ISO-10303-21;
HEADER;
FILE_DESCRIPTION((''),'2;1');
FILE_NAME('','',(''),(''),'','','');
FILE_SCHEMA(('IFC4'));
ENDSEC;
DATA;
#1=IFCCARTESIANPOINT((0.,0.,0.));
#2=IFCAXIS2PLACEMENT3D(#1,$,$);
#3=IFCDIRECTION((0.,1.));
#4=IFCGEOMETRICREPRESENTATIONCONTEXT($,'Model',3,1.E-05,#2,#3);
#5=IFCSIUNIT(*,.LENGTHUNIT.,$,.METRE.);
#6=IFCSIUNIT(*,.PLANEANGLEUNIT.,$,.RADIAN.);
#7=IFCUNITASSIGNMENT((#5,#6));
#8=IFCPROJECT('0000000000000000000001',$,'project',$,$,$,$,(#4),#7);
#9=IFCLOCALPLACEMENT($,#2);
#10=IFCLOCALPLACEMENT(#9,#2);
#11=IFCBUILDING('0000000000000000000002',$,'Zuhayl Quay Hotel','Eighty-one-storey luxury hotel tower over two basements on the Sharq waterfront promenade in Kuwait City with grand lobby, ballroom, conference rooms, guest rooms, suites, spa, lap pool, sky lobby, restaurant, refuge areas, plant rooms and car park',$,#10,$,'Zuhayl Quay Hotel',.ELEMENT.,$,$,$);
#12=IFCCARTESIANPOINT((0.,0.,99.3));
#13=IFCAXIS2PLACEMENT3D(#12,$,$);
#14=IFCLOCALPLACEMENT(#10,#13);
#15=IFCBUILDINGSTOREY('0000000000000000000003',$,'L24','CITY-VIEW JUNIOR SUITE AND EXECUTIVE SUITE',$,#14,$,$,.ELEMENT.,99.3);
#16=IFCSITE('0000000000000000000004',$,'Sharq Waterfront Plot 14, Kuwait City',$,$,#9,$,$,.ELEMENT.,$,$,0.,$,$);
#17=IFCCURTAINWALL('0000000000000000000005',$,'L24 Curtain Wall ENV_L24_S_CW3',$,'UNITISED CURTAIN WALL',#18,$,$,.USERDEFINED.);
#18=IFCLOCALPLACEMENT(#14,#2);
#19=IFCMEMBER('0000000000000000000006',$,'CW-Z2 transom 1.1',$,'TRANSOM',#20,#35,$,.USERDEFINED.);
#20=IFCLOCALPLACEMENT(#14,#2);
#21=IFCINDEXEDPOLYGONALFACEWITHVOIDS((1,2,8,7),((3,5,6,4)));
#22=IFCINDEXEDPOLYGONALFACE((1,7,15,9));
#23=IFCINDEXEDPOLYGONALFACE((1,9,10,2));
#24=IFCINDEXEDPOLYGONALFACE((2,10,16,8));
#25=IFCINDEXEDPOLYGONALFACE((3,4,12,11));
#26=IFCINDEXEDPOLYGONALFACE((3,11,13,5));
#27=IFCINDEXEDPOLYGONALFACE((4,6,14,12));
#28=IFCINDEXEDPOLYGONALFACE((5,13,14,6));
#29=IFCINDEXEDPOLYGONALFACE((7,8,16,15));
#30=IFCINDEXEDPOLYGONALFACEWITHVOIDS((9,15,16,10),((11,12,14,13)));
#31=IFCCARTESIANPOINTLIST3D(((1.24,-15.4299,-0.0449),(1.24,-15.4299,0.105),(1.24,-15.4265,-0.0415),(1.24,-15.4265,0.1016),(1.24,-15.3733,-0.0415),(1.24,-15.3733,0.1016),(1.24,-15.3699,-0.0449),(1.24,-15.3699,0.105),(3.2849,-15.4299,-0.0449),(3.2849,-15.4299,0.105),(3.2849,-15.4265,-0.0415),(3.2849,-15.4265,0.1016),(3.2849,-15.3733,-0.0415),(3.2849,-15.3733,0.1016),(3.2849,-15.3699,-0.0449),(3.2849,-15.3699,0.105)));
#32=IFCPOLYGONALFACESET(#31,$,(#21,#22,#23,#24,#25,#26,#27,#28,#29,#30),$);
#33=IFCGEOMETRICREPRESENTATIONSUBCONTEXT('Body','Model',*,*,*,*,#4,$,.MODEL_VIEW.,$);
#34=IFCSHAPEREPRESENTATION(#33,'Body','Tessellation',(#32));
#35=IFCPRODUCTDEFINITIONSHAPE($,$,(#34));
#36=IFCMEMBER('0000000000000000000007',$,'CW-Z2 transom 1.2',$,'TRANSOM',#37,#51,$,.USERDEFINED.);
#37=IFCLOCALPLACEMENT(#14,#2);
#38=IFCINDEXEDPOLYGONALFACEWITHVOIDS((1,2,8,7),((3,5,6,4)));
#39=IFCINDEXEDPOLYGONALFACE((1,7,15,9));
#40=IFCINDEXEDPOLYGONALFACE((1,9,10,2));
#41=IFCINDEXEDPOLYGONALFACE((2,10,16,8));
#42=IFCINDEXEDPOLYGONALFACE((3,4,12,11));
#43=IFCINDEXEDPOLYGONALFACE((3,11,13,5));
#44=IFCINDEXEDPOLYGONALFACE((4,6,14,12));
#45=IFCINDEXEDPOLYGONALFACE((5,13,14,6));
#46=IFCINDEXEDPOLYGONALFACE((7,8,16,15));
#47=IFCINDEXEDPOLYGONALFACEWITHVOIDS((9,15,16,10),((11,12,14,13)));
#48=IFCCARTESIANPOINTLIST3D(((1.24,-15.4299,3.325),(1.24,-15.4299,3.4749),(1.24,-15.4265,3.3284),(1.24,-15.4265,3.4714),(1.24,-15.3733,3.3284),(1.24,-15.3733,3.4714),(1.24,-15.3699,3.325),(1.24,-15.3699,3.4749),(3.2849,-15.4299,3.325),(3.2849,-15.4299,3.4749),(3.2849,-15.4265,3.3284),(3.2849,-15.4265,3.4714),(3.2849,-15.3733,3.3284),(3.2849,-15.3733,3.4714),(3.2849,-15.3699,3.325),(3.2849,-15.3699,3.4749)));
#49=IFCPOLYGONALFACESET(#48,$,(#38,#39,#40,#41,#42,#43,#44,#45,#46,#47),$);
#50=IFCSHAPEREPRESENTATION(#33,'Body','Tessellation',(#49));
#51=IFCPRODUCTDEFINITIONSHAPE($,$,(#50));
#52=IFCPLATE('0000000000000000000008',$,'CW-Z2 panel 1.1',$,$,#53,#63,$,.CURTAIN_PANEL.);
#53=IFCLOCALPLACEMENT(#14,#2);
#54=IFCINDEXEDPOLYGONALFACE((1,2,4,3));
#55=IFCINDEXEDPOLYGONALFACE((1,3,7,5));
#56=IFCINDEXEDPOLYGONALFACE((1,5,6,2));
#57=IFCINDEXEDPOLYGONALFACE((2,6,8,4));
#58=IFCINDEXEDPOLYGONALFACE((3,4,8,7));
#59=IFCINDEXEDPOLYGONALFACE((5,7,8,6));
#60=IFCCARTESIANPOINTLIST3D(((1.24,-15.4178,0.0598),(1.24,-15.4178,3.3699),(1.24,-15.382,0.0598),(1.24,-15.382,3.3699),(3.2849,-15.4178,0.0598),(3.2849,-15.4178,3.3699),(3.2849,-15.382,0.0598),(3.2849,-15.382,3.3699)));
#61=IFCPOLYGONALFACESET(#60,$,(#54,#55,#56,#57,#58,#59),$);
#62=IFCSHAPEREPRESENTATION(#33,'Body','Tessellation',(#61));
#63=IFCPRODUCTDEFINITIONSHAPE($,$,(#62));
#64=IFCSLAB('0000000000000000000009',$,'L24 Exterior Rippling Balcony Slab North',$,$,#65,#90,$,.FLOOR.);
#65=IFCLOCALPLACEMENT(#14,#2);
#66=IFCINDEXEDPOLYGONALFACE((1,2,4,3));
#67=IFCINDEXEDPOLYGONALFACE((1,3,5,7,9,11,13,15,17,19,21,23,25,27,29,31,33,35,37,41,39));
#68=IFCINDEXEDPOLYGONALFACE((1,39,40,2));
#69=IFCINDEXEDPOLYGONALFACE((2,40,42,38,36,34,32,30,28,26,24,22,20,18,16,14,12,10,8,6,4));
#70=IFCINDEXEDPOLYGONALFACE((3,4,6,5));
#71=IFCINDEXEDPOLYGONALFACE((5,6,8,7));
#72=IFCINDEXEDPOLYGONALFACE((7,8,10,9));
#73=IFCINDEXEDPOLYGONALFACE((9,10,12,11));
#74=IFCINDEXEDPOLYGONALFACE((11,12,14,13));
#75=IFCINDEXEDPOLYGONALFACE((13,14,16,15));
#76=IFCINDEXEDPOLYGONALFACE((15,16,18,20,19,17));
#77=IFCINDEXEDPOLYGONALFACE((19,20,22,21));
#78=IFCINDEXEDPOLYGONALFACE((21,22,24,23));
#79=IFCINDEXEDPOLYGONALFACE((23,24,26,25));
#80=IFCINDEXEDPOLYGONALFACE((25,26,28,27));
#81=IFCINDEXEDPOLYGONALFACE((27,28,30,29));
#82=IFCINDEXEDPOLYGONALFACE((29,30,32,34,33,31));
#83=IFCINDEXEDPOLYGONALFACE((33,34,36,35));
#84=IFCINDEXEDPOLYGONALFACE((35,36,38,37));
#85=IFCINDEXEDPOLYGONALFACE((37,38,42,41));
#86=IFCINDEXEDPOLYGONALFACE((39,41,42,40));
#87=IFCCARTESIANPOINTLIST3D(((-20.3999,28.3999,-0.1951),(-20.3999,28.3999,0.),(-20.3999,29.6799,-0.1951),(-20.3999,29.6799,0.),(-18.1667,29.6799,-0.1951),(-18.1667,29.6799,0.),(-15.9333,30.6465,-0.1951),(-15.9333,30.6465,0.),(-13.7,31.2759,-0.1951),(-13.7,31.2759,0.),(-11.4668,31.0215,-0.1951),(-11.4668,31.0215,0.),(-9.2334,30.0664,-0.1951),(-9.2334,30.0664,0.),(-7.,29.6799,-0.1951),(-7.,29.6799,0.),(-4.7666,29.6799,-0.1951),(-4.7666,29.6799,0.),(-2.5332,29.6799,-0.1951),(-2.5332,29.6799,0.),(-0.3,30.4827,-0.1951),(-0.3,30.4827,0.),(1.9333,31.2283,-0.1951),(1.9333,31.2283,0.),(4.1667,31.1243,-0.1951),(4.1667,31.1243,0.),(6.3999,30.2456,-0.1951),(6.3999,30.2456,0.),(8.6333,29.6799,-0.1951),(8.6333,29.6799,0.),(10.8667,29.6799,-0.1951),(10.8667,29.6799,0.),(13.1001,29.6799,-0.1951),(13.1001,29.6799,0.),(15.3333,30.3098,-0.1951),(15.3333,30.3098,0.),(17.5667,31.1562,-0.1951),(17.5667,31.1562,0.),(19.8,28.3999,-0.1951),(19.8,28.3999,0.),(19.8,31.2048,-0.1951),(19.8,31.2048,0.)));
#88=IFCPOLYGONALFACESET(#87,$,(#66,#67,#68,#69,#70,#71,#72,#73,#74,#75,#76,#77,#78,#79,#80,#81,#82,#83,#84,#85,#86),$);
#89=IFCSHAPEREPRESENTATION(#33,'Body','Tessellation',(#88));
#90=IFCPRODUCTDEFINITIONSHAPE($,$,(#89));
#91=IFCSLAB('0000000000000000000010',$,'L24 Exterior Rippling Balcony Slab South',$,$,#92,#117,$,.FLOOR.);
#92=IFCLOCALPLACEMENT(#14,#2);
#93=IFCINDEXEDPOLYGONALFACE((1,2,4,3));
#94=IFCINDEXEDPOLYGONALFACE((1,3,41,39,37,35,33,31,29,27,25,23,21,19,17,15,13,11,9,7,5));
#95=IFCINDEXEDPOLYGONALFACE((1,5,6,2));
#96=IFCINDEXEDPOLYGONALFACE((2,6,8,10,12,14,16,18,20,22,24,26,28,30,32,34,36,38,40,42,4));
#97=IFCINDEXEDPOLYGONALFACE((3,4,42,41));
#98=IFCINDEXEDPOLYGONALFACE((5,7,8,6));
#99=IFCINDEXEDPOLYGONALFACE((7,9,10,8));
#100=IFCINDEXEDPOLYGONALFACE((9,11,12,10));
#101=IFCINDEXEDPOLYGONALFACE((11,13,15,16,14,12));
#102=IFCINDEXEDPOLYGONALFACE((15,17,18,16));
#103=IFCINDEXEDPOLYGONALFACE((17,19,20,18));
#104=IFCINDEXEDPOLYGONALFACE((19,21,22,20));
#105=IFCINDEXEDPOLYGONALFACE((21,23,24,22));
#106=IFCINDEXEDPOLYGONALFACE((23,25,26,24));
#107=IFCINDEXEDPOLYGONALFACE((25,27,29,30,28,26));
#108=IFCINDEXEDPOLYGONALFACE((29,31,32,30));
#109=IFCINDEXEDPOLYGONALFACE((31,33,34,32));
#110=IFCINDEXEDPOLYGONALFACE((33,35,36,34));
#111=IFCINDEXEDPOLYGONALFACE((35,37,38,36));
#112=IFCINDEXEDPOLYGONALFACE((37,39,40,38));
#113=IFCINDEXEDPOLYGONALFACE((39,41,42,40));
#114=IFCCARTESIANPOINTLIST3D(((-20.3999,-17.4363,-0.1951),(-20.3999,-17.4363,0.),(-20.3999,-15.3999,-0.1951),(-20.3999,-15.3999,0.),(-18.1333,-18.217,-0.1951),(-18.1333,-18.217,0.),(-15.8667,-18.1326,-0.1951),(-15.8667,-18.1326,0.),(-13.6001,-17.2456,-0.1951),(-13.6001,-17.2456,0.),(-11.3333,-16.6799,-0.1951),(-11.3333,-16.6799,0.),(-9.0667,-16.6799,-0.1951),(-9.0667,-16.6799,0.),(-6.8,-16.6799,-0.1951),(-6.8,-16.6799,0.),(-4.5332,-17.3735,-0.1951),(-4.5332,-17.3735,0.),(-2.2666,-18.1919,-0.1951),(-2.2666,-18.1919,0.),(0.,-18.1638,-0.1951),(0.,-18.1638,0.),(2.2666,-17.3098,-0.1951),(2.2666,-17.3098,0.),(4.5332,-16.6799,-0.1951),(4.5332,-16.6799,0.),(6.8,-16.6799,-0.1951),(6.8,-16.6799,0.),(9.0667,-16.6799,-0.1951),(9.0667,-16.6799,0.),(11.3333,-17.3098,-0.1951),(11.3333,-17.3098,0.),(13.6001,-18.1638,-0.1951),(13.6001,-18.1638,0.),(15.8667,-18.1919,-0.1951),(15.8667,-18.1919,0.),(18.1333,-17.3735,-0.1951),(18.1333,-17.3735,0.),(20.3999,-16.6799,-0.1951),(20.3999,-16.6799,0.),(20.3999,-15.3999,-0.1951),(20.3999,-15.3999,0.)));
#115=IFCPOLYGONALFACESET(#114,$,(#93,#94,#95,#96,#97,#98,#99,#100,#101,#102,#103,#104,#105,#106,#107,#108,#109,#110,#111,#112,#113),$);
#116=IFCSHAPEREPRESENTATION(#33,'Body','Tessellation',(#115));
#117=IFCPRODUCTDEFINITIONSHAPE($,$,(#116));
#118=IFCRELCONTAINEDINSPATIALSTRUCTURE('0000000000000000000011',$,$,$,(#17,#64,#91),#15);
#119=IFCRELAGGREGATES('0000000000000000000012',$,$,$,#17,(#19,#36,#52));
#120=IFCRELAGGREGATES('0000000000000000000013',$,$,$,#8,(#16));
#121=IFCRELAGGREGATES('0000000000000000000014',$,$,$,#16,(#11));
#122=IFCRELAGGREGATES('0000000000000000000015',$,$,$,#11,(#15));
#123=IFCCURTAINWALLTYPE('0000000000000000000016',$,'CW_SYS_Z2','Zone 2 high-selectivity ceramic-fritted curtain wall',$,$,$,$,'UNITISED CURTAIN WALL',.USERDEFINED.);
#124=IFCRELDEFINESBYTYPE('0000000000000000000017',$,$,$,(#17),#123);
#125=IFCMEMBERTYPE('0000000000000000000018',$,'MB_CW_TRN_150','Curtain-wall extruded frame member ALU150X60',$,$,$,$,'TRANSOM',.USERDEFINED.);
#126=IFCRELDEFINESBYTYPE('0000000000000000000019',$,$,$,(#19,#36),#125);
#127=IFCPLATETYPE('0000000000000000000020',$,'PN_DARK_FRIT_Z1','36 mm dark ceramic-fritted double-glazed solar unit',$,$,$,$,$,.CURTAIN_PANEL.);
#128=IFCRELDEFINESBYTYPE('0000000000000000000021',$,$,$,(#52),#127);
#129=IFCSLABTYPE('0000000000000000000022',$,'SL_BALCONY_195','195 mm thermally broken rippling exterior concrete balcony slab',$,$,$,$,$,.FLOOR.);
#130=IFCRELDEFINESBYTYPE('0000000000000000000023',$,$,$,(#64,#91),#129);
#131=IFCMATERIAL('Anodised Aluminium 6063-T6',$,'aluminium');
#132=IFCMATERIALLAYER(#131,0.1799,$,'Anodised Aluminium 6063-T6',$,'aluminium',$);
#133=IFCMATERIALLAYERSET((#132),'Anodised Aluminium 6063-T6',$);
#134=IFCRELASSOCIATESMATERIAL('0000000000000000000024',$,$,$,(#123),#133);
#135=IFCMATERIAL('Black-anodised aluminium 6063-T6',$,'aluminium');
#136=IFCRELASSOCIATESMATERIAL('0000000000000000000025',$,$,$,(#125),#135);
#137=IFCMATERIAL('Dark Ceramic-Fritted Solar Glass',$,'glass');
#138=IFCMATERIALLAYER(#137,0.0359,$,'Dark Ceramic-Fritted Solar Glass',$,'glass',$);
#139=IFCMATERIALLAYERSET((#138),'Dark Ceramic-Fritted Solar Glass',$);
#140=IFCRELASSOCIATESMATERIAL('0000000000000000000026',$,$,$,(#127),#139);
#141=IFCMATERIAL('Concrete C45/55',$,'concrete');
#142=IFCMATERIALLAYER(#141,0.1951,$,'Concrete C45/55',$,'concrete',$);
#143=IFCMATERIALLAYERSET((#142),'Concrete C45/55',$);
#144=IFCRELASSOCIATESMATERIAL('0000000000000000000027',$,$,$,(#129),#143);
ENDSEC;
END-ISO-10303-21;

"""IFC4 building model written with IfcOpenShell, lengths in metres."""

from ifc_helpers import new_model, si_unit, direction, frame, origin, origin_2d, place, context, subcontext, project, spatial, polyline, rectangle, hollow_rectangle, outline, extrude, material, layer, layer_set, material_profile, profile_set, type_object, element, aggregate, save


model = new_model("IFC4")

# Units and contexts
model_context = context("Model", 3, precision=1e-05, world=origin(), true_north=direction((0.0, 1.0)))
body_context = subcontext(model_context, "Body", "Model", "MODEL_VIEW")
ifc_project = project(units=[si_unit("LENGTHUNIT", "METRE"), si_unit("PLANEANGLEUNIT", "RADIAN")], contexts=[model_context])

# Site, building, storey
site_placement = place(None, origin())
site = spatial("IfcSite", under=ifc_project, at=site_placement, Name="Sharq Waterfront Plot 14, Kuwait City", CompositionType="ELEMENT", RefElevation=0.0)
building_placement = place(site_placement, origin())
building = spatial("IfcBuilding", under=site, at=building_placement, Name="Zuhayl Quay Hotel", Description="Eighty-one-storey luxury hotel tower over two basements on the Sharq waterfront promenade in Kuwait City with grand lobby, ballroom, conference rooms, guest rooms, suites, spa, lap pool, sky lobby, restaurant, refuge areas, plant rooms and car park", LongName="Zuhayl Quay Hotel", CompositionType="ELEMENT")
storey_placement = place(building_placement, frame((0.0, 0.0, 99.3)))
storey = spatial("IfcBuildingStorey", under=building, at=storey_placement, Name="L24", Description="CITY-VIEW JUNIOR SUITE AND EXECUTIVE SUITE", CompositionType="ELEMENT", Elevation=99.3)

# Curtain wall, members, plate
ifc_material_1 = material(Name="Anodised Aluminium 6063-T6", Category="aluminium")
ifc_layer_1 = layer(ifc_material_1, 0.1799, Name="Anodised Aluminium 6063-T6", Category="aluminium")
ifc_layer_set_1 = layer_set([ifc_layer_1], Name="Anodised Aluminium 6063-T6")
curtain_wall_type = type_object("IfcCurtainWallType", Name="CW_SYS_Z2", Description="Zone 2 high-selectivity ceramic-fritted curtain wall", ElementType="UNITISED CURTAIN WALL", PredefinedType="USERDEFINED", material=ifc_layer_set_1)
curtain_wall_placement = place(storey_placement, origin())
curtain_wall = element("IfcCurtainWall", 1, at=curtain_wall_placement, inside=storey, type_object=curtain_wall_type, Name="L24 Curtain Wall ENV_L24_S_CW3", ObjectType="UNITISED CURTAIN WALL", PredefinedType="USERDEFINED")
ifc_material_2 = material(Name="Black-anodised aluminium 6063-T6", Category="aluminium")
ifc_material_profile_1 = material_profile(ifc_material_2, hollow_rectangle(XDim=0.0601, YDim=0.1499, WallThickness=0.0034, at=origin_2d()), Name="ALU150X60")
ifc_profile_set_1 = profile_set([ifc_material_profile_1], Name="Black-anodised aluminium 6063-T6")
member_type_1 = type_object("IfcMemberType", Name="MB_CW_TRN_150", Description="Curtain-wall extruded frame member ALU150X60", ElementType="TRANSOM", PredefinedType="USERDEFINED", material=ifc_profile_set_1)
member_1_placement = place(storey_placement, frame((3.2849, -15.3999, 0.03), z_axis=(-1.0, 0.0, 0.0), x_axis=(0.0, -1.0, 0.0)))
member_1 = element("IfcMember", 2, at=member_1_placement, type_object=member_type_1, Name="CW-Z2 transom 1.1", ObjectType="TRANSOM", PredefinedType="USERDEFINED", context=body_context, shape_type="SweptSolid", body=[
    extrude(hollow_rectangle(XDim=0.0601, YDim=0.1499, WallThickness=0.0034, at=origin_2d()), origin(), (0.0, 0.0, 1.0), 2.0449),
])
member_2_placement = place(storey_placement, frame((3.2849, -15.3999, 3.3999), z_axis=(-1.0, 0.0, 0.0), x_axis=(0.0, -1.0, 0.0)))
member_2 = element("IfcMember", 3, at=member_2_placement, type_object=member_type_1, Name="CW-Z2 transom 1.2", ObjectType="TRANSOM", PredefinedType="USERDEFINED", context=body_context, shape_type="SweptSolid", body=[
    extrude(hollow_rectangle(XDim=0.0601, YDim=0.1499, WallThickness=0.0034, at=origin_2d()), origin(), (0.0, 0.0, 1.0), 2.0449),
])
ifc_material_3 = material(Name="Dark Ceramic-Fritted Solar Glass", Category="glass")
ifc_layer_2 = layer(ifc_material_3, 0.0359, Name="Dark Ceramic-Fritted Solar Glass", Category="glass")
ifc_layer_set_2 = layer_set([ifc_layer_2], Name="Dark Ceramic-Fritted Solar Glass")
plate_type = type_object("IfcPlateType", Name="PN_DARK_FRIT_Z1", Description="36 mm dark ceramic-fritted double-glazed solar unit", PredefinedType="CURTAIN_PANEL", material=ifc_layer_set_2)
plate_placement = place(storey_placement, frame((2.2625, -15.3999, 0.0598), z_axis=(0.0, 0.0, 1.0), x_axis=(-1.0, 0.0, 0.0)))
plate = element("IfcPlate", 4, at=plate_placement, type_object=plate_type, Name="CW-Z2 panel 1.1", PredefinedType="CURTAIN_PANEL", context=body_context, shape_type="SweptSolid", body=[
    extrude(rectangle(XDim=2.0449, YDim=0.0359, at=origin_2d()), origin(), (0.0, 0.0, 1.0), 3.3101),
])
aggregate(curtain_wall, [member_1, member_2, plate])

# Slabs
ifc_material_4 = material(Name="Concrete C45/55", Category="concrete")
ifc_layer_3 = layer(ifc_material_4, 0.1951, Name="Concrete C45/55", Category="concrete")
ifc_layer_set_3 = layer_set([ifc_layer_3], Name="Concrete C45/55")
slab_type_1 = type_object("IfcSlabType", Name="SL_BALCONY_195", Description="195 mm thermally broken rippling exterior concrete balcony slab", PredefinedType="FLOOR", material=ifc_layer_set_3)
slab_1_placement = place(storey_placement, frame((0.0, 0.0, -0.1951)))
element("IfcSlab", 5, at=slab_1_placement, inside=storey, type_object=slab_type_1, Name="L24 Exterior Rippling Balcony Slab North", PredefinedType="FLOOR", context=body_context, shape_type="SweptSolid", body=[
    extrude(outline(polyline([(-20.3999, 28.3999), (19.8, 28.3999), (19.8, 31.2048), (17.5667, 31.1562), (15.3333, 30.3098), (13.1001, 29.6799), (10.8667, 29.6799), (8.6333, 29.6799), (6.3999, 30.2456), (4.1667, 31.1243), (1.9333, 31.2283), (-0.3, 30.4827), (-2.5332, 29.6799), (-4.7666, 29.6799), (-7.0, 29.6799), (-9.2334, 30.0664), (-11.4668, 31.0215), (-13.7, 31.2759), (-15.9333, 30.6465), (-18.1667, 29.6799), (-20.3999, 29.6799), (-20.3999, 28.3999)])), origin(), (0.0, 0.0, 1.0), 0.1951),
])
slab_2_placement = place(storey_placement, frame((0.0, 0.0, -0.1951)))
element("IfcSlab", 6, at=slab_2_placement, inside=storey, type_object=slab_type_1, Name="L24 Exterior Rippling Balcony Slab South", PredefinedType="FLOOR", context=body_context, shape_type="SweptSolid", body=[
    extrude(outline(polyline([(-20.3999, -17.4363), (-18.1333, -18.217), (-15.8667, -18.1326), (-13.6001, -17.2456), (-11.3333, -16.6799), (-9.0667, -16.6799), (-6.8, -16.6799), (-4.5332, -17.3735), (-2.2666, -18.1919), (0.0, -18.1638), (2.2666, -17.3098), (4.5332, -16.6799), (6.8, -16.6799), (9.0667, -16.6799), (11.3333, -17.3098), (13.6001, -18.1638), (15.8667, -18.1919), (18.1333, -17.3735), (20.3999, -16.6799), (20.3999, -15.3999), (-20.3999, -15.3999), (-20.3999, -17.4363)])), origin(), (0.0, 0.0, 1.0), 0.1951),
])

save(model, "model.ifc")
